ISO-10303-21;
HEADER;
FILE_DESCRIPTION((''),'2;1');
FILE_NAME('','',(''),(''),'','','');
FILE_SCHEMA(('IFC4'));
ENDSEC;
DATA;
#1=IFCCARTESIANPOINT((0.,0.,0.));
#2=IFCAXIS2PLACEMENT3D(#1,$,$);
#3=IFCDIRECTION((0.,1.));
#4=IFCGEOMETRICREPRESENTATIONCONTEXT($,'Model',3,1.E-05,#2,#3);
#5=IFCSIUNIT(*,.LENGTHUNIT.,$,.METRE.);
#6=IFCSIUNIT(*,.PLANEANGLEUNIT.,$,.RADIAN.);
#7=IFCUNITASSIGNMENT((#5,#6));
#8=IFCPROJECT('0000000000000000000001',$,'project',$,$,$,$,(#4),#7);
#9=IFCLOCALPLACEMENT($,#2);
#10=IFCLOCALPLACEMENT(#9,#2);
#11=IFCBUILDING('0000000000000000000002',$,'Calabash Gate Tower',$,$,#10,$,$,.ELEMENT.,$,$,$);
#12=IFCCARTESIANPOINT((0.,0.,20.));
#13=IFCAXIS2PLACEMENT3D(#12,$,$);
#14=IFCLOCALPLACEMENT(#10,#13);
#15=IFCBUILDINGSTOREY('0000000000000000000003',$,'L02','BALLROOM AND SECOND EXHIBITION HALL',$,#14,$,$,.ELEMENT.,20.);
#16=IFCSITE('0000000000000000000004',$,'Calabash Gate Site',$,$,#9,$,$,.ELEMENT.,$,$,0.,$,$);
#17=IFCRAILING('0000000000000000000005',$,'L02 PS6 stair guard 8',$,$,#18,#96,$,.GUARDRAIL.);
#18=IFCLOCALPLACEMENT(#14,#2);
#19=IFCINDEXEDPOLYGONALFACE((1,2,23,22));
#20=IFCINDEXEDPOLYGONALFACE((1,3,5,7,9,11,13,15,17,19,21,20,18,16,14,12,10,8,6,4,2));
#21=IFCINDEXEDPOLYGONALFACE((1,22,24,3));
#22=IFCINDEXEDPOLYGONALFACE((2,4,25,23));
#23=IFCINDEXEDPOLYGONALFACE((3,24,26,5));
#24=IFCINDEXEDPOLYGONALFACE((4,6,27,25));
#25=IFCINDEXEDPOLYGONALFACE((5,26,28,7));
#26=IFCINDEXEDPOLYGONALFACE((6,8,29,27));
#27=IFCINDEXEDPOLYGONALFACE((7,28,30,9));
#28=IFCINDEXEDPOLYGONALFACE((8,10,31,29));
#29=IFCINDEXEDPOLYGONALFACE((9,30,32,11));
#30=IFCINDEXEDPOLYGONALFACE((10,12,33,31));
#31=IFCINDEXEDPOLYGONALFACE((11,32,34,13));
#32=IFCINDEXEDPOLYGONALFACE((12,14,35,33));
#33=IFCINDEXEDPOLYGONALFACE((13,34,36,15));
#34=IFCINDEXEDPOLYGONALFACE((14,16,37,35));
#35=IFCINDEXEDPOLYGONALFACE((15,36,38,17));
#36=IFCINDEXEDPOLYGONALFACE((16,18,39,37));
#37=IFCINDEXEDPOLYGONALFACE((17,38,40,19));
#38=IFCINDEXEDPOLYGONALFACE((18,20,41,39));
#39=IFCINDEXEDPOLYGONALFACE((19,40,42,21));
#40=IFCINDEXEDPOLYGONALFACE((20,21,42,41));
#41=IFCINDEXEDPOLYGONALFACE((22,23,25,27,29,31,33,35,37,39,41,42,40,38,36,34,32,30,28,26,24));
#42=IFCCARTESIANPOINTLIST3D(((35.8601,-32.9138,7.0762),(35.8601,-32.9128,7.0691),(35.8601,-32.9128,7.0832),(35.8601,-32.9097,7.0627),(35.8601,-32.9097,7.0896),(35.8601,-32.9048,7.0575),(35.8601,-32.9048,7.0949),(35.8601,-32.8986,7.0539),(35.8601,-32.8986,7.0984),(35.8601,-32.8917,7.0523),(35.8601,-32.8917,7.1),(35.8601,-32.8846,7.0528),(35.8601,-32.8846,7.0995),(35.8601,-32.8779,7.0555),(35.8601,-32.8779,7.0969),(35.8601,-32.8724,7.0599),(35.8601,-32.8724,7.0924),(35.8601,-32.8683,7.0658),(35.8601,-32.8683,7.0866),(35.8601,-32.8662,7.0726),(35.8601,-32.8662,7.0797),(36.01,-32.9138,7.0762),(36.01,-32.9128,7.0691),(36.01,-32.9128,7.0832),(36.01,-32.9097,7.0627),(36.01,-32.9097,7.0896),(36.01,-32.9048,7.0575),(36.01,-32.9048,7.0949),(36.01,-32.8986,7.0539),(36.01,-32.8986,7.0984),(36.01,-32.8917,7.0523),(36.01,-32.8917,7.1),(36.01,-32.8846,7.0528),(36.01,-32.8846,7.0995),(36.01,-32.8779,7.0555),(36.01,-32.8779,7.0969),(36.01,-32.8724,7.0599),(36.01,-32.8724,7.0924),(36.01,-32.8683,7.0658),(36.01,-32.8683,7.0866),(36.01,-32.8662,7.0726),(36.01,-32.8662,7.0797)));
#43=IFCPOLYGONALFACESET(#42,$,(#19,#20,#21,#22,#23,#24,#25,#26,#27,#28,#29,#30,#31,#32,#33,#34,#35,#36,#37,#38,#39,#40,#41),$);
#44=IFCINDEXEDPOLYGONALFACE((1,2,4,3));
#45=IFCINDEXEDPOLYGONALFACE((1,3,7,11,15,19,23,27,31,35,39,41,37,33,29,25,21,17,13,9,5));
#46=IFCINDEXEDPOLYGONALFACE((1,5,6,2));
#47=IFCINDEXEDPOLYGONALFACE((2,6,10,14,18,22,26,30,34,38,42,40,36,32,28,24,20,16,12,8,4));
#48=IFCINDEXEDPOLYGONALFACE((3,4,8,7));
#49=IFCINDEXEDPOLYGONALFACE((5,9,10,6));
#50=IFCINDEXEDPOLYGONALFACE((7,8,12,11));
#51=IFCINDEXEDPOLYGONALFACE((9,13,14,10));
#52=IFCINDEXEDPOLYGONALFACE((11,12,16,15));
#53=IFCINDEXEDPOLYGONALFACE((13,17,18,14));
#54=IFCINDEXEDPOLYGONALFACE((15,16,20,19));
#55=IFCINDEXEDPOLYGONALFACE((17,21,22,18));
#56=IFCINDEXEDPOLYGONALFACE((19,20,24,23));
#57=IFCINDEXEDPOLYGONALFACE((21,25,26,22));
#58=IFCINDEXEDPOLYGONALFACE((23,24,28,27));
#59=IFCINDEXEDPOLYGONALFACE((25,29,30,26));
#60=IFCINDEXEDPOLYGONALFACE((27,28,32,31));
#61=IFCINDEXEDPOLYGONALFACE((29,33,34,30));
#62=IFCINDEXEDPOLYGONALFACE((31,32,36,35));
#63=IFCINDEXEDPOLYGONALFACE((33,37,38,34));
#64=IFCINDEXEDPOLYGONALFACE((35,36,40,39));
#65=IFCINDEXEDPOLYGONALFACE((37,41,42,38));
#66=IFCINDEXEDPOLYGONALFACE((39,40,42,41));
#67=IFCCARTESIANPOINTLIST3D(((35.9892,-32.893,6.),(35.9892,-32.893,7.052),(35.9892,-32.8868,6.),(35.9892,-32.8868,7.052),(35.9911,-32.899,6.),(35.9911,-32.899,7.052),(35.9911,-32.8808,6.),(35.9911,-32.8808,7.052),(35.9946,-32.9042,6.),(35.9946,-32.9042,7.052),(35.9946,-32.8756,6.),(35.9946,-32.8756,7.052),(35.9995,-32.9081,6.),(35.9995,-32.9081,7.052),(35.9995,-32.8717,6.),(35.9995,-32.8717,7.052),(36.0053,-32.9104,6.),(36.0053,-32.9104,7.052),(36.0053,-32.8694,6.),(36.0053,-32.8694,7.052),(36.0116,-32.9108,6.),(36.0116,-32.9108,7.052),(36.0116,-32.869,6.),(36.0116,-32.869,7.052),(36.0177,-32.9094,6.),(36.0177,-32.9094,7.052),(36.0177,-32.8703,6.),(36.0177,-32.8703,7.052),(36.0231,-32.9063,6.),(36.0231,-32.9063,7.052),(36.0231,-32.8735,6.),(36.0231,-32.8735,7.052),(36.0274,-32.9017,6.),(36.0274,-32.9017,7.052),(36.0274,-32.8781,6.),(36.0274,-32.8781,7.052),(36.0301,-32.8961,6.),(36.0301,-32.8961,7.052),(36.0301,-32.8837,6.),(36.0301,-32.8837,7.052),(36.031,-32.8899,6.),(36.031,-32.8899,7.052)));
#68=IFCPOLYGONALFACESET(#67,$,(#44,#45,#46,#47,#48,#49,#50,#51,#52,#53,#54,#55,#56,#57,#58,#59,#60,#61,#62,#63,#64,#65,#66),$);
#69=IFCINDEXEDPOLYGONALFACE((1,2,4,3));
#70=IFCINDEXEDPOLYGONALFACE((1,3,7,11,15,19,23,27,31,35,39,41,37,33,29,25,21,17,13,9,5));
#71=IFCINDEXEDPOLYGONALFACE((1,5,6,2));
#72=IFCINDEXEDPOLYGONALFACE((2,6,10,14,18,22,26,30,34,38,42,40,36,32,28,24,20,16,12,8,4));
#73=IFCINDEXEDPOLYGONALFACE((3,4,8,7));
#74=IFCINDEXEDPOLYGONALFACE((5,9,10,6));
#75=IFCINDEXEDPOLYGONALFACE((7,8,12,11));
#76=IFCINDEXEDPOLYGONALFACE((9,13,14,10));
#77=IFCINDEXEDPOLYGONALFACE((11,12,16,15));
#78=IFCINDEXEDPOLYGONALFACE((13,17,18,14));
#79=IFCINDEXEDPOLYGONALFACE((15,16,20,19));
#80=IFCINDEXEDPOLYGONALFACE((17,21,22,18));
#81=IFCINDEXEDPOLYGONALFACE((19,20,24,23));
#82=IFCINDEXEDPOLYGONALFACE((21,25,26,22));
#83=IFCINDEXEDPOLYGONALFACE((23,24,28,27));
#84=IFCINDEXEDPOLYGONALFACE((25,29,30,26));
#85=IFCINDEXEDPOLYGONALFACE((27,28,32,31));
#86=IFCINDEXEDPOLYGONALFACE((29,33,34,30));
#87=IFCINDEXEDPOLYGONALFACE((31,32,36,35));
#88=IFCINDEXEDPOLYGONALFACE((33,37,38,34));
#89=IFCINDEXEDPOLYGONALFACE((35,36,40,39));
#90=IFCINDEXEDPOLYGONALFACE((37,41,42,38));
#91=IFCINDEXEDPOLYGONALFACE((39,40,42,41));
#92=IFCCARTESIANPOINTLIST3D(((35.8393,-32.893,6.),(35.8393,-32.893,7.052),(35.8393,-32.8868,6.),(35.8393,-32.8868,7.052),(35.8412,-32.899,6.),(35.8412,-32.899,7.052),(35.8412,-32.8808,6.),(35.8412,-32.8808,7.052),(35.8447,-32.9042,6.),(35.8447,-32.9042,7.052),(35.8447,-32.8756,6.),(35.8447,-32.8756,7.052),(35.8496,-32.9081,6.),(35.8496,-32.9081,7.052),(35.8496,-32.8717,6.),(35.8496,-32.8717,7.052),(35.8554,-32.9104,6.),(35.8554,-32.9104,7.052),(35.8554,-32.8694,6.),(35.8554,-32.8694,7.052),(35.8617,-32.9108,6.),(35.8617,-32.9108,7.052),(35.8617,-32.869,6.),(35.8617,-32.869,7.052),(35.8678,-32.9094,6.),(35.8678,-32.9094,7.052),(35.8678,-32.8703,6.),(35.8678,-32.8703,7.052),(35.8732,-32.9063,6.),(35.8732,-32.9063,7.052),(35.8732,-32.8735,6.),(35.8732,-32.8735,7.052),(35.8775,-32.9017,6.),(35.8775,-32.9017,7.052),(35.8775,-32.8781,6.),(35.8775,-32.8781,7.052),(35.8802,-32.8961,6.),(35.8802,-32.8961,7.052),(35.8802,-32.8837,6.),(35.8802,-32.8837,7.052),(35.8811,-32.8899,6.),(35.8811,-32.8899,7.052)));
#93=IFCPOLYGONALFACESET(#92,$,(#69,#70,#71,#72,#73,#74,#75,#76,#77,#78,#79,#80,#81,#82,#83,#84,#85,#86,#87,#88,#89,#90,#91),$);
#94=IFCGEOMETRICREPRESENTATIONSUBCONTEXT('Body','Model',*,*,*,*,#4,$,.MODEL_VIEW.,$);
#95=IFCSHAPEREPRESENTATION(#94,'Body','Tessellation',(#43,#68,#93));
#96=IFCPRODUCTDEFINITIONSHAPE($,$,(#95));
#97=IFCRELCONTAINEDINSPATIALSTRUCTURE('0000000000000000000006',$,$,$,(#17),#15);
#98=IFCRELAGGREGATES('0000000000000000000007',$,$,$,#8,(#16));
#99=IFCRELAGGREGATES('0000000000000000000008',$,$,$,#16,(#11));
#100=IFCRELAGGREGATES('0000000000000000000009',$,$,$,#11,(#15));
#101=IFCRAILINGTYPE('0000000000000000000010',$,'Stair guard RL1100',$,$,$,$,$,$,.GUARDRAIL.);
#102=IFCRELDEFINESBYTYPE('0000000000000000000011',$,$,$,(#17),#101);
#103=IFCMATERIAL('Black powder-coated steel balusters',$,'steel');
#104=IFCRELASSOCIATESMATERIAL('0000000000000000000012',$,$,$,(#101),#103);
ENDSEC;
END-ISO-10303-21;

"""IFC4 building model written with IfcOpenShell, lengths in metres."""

from ifc_helpers import new_model, si_unit, direction, frame, origin, origin_2d, place, context, subcontext, project, spatial, circle, extrude, material, type_object, element, save


model = new_model("IFC4")

# Units and contexts
model_context = context("Model", 3, precision=1e-05, world=origin(), true_north=direction((0.0, 1.0)))
body_context = subcontext(model_context, "Body", "Model", "MODEL_VIEW")
ifc_project = project(units=[si_unit("LENGTHUNIT", "METRE"), si_unit("PLANEANGLEUNIT", "RADIAN")], contexts=[model_context])

# Site, building, storey
site_placement = place(None, origin())
site = spatial("IfcSite", under=ifc_project, at=site_placement, Name="Calabash Gate Site", CompositionType="ELEMENT", RefElevation=0.0)
building_placement = place(site_placement, origin())
building = spatial("IfcBuilding", under=site, at=building_placement, Name="Calabash Gate Tower", CompositionType="ELEMENT")
storey_placement = place(building_placement, frame((0.0, 0.0, 20.0)))
storey = spatial("IfcBuildingStorey", under=building, at=storey_placement, Name="L02", Description="BALLROOM AND SECOND EXHIBITION HALL", CompositionType="ELEMENT", Elevation=20.0)

# Railing
ifc_material_1 = material(Name="Black powder-coated steel balusters", Category="steel")
railing_type_1 = type_object("IfcRailingType", Name="Stair guard RL1100", PredefinedType="GUARDRAIL", material=ifc_material_1)
railing_1_placement = place(storey_placement, frame((36.01, -32.8899, 6.0)))
element("IfcRailing", 1, at=railing_1_placement, inside=storey, type_object=railing_type_1, Name="L02 PS6 stair guard 8", PredefinedType="GUARDRAIL", context=body_context, shape_type="SweptSolid", body=[
    extrude(circle(Radius=0.0239, at=origin_2d()), frame((0.0, 0.0, 1.0762), z_axis=(-1.0, 0.0, 0.0), x_axis=(0.0, -1.0, 0.0)), (0.0, 0.0, 1.0), 0.1499),
    extrude(circle(Radius=0.021, at=origin_2d()), origin(), (0.0, 0.0, 1.0), 1.052),
    extrude(circle(Radius=0.021, at=origin_2d()), frame((-0.1499, 0.0, 0.0)), (0.0, 0.0, 1.0), 1.052),
])

save(model, "model.ifc")
